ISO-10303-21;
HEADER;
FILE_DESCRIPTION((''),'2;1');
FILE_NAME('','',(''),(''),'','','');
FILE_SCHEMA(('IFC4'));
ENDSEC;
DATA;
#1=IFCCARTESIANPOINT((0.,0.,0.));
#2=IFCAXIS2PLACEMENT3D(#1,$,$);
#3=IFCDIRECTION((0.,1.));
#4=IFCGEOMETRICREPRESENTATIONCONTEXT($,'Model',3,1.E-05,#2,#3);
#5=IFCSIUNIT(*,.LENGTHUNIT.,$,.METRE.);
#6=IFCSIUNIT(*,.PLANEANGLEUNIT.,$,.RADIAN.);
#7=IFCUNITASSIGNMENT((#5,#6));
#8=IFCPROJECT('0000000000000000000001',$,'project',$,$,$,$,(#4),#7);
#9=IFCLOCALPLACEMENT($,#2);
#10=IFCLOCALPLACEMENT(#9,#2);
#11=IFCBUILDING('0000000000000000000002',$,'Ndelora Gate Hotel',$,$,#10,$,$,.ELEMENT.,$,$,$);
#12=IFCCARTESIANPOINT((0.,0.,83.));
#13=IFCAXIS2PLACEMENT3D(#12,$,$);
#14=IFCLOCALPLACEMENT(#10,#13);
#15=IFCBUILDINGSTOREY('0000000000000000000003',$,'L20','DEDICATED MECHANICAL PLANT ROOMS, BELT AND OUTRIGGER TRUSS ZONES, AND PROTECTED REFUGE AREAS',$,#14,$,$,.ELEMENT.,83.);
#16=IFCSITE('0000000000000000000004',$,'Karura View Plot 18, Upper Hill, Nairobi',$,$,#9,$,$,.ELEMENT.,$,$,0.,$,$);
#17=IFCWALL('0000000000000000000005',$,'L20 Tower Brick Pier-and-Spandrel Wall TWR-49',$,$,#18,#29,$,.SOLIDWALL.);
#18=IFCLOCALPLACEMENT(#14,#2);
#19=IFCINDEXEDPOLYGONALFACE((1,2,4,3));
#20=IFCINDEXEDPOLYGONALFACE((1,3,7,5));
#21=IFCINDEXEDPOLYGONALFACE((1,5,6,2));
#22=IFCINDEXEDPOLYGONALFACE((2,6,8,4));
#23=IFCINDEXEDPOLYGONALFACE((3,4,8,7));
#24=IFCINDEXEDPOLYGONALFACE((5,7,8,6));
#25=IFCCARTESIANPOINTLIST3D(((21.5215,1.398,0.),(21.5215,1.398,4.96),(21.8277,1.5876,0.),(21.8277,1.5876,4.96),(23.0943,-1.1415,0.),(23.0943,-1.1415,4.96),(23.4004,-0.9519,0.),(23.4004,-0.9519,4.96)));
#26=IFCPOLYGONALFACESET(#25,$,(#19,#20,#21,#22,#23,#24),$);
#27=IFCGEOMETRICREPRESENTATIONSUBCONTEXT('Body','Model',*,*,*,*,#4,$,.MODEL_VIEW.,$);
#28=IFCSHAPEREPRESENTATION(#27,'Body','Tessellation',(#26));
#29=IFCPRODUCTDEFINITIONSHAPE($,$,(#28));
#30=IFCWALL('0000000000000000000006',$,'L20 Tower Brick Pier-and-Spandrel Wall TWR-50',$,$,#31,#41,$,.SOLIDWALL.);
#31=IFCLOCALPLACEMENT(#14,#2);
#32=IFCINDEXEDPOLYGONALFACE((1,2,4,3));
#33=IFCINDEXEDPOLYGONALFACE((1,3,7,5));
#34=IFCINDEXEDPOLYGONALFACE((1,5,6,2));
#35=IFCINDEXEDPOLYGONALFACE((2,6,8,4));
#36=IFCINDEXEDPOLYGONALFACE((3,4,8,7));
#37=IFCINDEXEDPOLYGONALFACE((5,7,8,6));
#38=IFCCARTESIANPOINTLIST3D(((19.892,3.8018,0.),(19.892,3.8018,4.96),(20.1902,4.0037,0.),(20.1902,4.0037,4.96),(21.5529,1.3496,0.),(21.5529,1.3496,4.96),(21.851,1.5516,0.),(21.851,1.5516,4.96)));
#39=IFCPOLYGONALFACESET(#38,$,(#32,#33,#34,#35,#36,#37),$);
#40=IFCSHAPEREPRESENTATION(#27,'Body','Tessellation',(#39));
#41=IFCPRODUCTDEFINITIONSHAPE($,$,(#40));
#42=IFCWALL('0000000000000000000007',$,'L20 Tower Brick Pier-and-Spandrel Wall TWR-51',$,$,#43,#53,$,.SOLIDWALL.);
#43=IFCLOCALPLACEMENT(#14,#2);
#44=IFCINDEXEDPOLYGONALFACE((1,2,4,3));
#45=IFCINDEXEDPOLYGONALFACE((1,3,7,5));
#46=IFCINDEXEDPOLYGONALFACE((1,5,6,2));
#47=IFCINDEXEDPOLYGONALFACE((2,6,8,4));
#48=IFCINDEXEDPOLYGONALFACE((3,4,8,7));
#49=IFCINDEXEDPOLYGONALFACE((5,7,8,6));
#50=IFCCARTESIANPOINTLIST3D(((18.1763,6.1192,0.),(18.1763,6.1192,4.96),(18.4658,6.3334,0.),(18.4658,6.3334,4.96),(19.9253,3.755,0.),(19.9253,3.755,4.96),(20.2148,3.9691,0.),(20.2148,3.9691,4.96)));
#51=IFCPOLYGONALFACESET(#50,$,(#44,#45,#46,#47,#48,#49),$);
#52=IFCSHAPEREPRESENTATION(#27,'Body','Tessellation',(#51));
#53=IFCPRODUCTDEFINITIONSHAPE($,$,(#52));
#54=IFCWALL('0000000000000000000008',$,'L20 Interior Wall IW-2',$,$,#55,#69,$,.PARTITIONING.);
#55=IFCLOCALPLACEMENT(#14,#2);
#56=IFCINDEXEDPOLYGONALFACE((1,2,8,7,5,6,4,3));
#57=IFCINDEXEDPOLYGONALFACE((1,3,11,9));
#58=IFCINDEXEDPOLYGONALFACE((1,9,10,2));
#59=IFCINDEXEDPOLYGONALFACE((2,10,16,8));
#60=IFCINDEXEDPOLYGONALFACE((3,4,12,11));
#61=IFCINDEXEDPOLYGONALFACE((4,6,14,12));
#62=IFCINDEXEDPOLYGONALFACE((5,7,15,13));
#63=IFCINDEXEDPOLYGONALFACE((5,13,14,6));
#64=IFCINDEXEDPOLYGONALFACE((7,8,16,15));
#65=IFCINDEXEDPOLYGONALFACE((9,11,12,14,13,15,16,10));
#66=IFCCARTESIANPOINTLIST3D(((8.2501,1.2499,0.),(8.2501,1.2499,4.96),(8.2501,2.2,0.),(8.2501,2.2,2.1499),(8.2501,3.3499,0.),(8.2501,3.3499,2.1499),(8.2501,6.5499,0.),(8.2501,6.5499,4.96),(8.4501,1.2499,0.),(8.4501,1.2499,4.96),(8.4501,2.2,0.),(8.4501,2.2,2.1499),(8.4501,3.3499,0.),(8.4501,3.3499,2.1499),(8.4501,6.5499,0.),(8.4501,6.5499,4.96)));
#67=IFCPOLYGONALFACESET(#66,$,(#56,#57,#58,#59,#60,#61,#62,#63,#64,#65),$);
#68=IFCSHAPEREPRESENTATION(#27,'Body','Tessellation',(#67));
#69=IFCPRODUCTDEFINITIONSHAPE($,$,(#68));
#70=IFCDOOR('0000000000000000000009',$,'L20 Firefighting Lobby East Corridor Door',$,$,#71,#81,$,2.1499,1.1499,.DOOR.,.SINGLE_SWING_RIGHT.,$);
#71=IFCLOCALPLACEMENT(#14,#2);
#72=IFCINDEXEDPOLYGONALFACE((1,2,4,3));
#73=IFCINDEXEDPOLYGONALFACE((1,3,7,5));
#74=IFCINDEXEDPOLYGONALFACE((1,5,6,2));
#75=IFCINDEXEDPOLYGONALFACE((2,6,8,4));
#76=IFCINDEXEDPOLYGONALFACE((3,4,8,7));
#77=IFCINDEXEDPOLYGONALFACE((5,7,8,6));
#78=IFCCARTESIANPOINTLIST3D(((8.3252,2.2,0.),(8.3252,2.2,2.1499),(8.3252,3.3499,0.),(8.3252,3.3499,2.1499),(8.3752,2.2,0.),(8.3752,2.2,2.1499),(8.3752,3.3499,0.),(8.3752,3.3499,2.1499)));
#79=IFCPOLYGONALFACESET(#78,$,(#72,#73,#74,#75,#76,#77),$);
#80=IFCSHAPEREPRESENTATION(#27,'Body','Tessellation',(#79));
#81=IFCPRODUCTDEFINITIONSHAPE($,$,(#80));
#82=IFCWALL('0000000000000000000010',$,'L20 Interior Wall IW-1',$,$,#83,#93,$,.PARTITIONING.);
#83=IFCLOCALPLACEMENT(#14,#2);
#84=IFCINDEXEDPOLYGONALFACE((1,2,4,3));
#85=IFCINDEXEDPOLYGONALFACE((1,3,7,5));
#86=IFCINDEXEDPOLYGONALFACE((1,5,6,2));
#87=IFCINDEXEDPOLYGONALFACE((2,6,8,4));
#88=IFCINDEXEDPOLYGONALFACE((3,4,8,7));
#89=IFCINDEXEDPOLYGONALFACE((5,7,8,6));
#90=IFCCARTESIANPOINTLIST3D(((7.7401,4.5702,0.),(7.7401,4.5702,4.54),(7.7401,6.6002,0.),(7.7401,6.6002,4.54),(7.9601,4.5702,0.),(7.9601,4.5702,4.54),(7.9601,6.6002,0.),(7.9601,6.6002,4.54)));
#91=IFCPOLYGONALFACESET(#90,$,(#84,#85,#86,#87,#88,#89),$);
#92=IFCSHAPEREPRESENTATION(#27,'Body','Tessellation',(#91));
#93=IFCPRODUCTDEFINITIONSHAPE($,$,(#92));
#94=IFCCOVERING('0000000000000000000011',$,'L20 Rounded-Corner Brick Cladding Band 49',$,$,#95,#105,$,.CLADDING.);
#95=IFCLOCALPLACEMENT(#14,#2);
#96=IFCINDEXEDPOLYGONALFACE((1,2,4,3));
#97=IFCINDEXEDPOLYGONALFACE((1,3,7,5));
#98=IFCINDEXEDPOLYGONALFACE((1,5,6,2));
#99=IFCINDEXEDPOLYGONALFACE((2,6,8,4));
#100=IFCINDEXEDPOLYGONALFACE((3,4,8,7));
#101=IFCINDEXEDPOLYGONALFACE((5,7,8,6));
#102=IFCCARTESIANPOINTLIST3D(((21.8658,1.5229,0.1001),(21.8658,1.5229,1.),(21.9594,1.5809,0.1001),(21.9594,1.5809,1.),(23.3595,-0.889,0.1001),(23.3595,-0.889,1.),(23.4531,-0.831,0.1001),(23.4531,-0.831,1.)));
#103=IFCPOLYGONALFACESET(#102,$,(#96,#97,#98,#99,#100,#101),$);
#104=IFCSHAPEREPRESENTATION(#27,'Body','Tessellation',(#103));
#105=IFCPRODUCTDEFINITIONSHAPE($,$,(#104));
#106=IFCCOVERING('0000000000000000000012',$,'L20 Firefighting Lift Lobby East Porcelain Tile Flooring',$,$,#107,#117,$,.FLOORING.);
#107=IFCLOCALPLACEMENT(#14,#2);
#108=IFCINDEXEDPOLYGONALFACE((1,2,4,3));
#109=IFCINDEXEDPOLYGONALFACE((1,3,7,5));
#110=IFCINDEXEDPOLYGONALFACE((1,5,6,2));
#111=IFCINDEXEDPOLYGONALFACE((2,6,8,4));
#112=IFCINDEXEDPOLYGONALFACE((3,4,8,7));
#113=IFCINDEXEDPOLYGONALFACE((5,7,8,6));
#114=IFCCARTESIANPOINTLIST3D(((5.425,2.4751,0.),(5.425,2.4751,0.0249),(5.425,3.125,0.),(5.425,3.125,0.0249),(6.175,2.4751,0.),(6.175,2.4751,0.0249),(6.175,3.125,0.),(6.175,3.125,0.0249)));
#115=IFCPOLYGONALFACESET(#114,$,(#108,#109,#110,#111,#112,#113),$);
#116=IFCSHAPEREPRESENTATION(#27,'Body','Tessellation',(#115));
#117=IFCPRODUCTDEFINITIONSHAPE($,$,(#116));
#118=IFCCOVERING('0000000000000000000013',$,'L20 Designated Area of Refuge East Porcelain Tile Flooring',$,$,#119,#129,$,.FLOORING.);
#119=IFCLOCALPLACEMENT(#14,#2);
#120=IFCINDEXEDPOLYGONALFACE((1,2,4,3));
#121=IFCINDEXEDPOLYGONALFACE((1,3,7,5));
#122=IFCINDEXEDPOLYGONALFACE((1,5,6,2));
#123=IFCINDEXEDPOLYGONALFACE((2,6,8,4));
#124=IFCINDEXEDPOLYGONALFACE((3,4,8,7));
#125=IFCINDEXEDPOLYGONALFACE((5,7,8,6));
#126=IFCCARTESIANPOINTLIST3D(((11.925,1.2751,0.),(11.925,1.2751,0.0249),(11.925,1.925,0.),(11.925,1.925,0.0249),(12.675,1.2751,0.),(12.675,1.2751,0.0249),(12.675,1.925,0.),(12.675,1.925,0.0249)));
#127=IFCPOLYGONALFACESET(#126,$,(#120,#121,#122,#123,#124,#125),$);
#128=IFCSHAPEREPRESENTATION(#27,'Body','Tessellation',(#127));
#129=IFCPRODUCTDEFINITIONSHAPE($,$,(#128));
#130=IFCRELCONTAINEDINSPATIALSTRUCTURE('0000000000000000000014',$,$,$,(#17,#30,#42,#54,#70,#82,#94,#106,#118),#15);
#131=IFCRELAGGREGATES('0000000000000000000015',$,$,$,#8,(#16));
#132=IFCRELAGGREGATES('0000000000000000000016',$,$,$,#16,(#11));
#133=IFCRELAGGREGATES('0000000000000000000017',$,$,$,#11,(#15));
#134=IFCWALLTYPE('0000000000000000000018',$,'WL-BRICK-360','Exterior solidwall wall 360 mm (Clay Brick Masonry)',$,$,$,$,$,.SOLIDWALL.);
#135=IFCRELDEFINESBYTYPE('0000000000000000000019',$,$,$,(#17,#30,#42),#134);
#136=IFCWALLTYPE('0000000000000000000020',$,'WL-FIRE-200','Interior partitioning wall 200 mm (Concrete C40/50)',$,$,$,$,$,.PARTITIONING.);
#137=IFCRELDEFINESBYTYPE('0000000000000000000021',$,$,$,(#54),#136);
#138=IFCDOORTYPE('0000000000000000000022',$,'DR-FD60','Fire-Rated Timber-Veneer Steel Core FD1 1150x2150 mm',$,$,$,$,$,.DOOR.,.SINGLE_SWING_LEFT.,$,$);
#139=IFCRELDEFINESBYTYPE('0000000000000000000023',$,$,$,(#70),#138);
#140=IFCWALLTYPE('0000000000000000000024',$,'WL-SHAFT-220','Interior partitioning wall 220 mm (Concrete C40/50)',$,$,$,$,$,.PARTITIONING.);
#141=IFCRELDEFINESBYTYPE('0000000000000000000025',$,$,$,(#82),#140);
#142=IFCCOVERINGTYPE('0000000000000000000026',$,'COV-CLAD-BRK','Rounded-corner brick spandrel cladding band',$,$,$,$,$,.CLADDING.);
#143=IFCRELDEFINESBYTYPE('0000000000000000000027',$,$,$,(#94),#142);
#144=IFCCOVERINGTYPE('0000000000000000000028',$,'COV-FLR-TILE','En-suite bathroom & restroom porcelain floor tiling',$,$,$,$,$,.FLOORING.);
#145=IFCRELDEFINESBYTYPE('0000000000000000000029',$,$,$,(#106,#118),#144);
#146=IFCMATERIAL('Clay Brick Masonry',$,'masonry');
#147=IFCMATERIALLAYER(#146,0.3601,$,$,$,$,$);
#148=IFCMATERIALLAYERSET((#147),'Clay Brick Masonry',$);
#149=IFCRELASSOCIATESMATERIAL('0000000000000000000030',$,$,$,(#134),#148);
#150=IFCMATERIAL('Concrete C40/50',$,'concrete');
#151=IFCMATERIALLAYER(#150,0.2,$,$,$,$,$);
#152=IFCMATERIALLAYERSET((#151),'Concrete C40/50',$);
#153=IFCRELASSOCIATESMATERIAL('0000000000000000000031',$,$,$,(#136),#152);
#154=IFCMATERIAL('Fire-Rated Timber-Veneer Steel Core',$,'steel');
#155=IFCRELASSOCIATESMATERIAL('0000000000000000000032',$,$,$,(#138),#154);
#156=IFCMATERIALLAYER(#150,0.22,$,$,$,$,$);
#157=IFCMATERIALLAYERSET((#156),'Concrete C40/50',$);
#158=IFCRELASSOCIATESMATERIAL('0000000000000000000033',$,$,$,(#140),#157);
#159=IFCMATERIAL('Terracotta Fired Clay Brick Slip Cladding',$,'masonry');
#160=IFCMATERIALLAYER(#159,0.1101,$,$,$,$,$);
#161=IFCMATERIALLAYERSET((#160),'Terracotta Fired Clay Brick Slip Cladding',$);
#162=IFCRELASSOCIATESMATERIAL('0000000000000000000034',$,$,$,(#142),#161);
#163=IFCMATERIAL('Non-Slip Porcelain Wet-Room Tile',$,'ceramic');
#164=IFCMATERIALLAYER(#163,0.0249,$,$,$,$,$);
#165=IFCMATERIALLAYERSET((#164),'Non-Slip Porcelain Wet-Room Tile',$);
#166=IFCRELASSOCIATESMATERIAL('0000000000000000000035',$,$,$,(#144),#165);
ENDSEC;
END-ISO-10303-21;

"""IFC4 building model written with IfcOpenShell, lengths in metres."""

from ifc_helpers import new_model, si_unit, direction, frame, frame_2d, origin, origin_2d, place, context, subcontext, project, spatial, rectangle, extrude, material, layer, layer_set, type_object, element, fill, save


model = new_model("IFC4")

# Units and contexts
model_context = context("Model", 3, precision=1e-05, world=origin(), true_north=direction((0.0, 1.0)))
body_context = subcontext(model_context, "Body", "Model", "MODEL_VIEW")
ifc_project = project(units=[si_unit("LENGTHUNIT", "METRE"), si_unit("PLANEANGLEUNIT", "RADIAN")], contexts=[model_context])

# Site, building, storey
site_placement = place(None, origin())
site = spatial("IfcSite", under=ifc_project, at=site_placement, Name="Karura View Plot 18, Upper Hill, Nairobi", CompositionType="ELEMENT", RefElevation=0.0)
building_placement = place(site_placement, origin())
building = spatial("IfcBuilding", under=site, at=building_placement, Name="Ndelora Gate Hotel", CompositionType="ELEMENT")
storey_placement = place(building_placement, frame((0.0, 0.0, 83.0)))
storey = spatial("IfcBuildingStorey", under=building, at=storey_placement, Name="L20", Description="DEDICATED MECHANICAL PLANT ROOMS, BELT AND OUTRIGGER TRUSS ZONES, AND PROTECTED REFUGE AREAS", CompositionType="ELEMENT", Elevation=83.0)

# Walls
ifc_material_1 = material(Name="Clay Brick Masonry", Category="masonry")
ifc_layer_1 = layer(ifc_material_1, 0.3601)
ifc_layer_set_1 = layer_set([ifc_layer_1], Name="Clay Brick Masonry")
wall_type_1 = type_object("IfcWallType", Name="WL-BRICK-360", Description="Exterior solidwall wall 360 mm (Clay Brick Masonry)", PredefinedType="SOLIDWALL", material=ifc_layer_set_1)
wall_1_placement = place(storey_placement, frame((21.6746, 1.4929, 0.0), z_axis=(0.0, 0.0, 1.0), x_axis=(0.526512, -0.850168, 0.0)))
element("IfcWall", 1, at=wall_1_placement, inside=storey, type_object=wall_type_1, Name="L20 Tower Brick Pier-and-Spandrel Wall TWR-49", PredefinedType="SOLIDWALL", context=body_context, shape_type="SweptSolid", body=[
    extrude(rectangle(XDim=2.9871, YDim=0.3601, at=frame_2d((1.4937, 0.0))), origin(), (0.0, 0.0, 1.0), 4.96),
])
wall_2_placement = place(storey_placement, frame((20.041, 3.9028, 0.0), z_axis=(0.0, 0.0, 1.0), x_axis=(0.560792, -0.827957, 0.0)))
element("IfcWall", 2, at=wall_2_placement, inside=storey, type_object=wall_type_1, Name="L20 Tower Brick Pier-and-Spandrel Wall TWR-50", PredefinedType="SOLIDWALL", context=body_context, shape_type="SweptSolid", body=[
    extrude(rectangle(XDim=2.9617, YDim=0.3601, at=frame_2d((1.481, 0.0))), origin(), (0.0, 0.0, 1.0), 4.96),
])
wall_3_placement = place(storey_placement, frame((18.321, 6.2263, 0.0), z_axis=(0.0, 0.0, 1.0), x_axis=(0.594727, -0.803928, 0.0)))
element("IfcWall", 3, at=wall_3_placement, inside=storey, type_object=wall_type_1, Name="L20 Tower Brick Pier-and-Spandrel Wall TWR-51", PredefinedType="SOLIDWALL", context=body_context, shape_type="SweptSolid", body=[
    extrude(rectangle(XDim=2.9409, YDim=0.3601, at=frame_2d((1.4705, 0.0))), origin(), (0.0, 0.0, 1.0), 4.96),
])

# Wall, opening, door
ifc_material_2 = material(Name="Concrete C40/50", Category="concrete")
ifc_layer_2 = layer(ifc_material_2, 0.2)
ifc_layer_set_2 = layer_set([ifc_layer_2], Name="Concrete C40/50")
wall_type_2 = type_object("IfcWallType", Name="WL-FIRE-200", Description="Interior partitioning wall 200 mm (Concrete C40/50)", PredefinedType="PARTITIONING", material=ifc_layer_set_2)
wall_4_placement = place(storey_placement, frame((8.3501, 1.25, 0.0), z_axis=(0.0, 0.0, 1.0), x_axis=(0.0, 1.0, 0.0)))
wall_4 = element("IfcWall", 4, at=wall_4_placement, inside=storey, type_object=wall_type_2, Name="L20 Interior Wall IW-2", PredefinedType="PARTITIONING", context=body_context, shape_type="SweptSolid", body=[
    extrude(rectangle(XDim=5.3, YDim=0.2, at=frame_2d((2.6499, 0.0))), origin(), (0.0, 0.0, 1.0), 4.96),
])
opening_placement = place(wall_4_placement, frame((0.95, 0.0, 0.0)))
opening = element("IfcOpeningElement", 5, at=opening_placement, cuts=wall_4, PredefinedType="OPENING", context=body_context, shape_type="SweptSolid", body=[
    extrude(rectangle(XDim=1.1499, YDim=2.1499, at=frame_2d((0.575, 1.075))), frame((0.0, 0.1099, 0.0), z_axis=(0.0, -1.0, 0.0), x_axis=(1.0, 0.0, 0.0)), (0.0, 0.0, 1.0), 0.22),
])
ifc_material_3 = material(Name="Fire-Rated Timber-Veneer Steel Core", Category="steel")
door_type = type_object("IfcDoorType", Name="DR-FD60", Description="Fire-Rated Timber-Veneer Steel Core FD1 1150x2150 mm", OperationType="SINGLE_SWING_LEFT", PredefinedType="DOOR", material=ifc_material_3)
door_placement = place(opening_placement, origin())
door = element("IfcDoor", 6, at=door_placement, inside=storey, type_object=door_type, Name="L20 Firefighting Lobby East Corridor Door", OperationType="SINGLE_SWING_RIGHT", OverallHeight=2.1499, OverallWidth=1.1499, PredefinedType="DOOR", context=body_context, shape_type="SweptSolid", body=[
    extrude(rectangle(XDim=1.1499, YDim=2.1499, at=frame_2d((0.575, 1.075))), frame((0.0, 0.0249, 0.0), z_axis=(0.0, -1.0, 0.0), x_axis=(1.0, 0.0, 0.0)), (0.0, 0.0, 1.0), 0.05),
])
fill(opening, door)

# Wall
ifc_layer_3 = layer(ifc_material_2, 0.22)
ifc_layer_set_3 = layer_set([ifc_layer_3], Name="Concrete C40/50")
wall_type_3 = type_object("IfcWallType", Name="WL-SHAFT-220", Description="Interior partitioning wall 220 mm (Concrete C40/50)", PredefinedType="PARTITIONING", material=ifc_layer_set_3)
wall_5_placement = place(storey_placement, frame((7.8501, 4.5701, 0.0), z_axis=(0.0, 0.0, 1.0), x_axis=(0.0, 1.0, 0.0)))
element("IfcWall", 7, at=wall_5_placement, inside=storey, type_object=wall_type_3, Name="L20 Interior Wall IW-1", PredefinedType="PARTITIONING", context=body_context, shape_type="SweptSolid", body=[
    extrude(rectangle(XDim=2.03, YDim=0.22, at=frame_2d((1.0151, 0.0))), origin(), (0.0, 0.0, 1.0), 4.54),
])

# Coverings
ifc_material_4 = material(Name="Terracotta Fired Clay Brick Slip Cladding", Category="masonry")
ifc_layer_4 = layer(ifc_material_4, 0.1101)
ifc_layer_set_4 = layer_set([ifc_layer_4], Name="Terracotta Fired Clay Brick Slip Cladding")
covering_type_1 = type_object("IfcCoveringType", Name="COV-CLAD-BRK", Description="Rounded-corner brick spandrel cladding band", PredefinedType="CLADDING", material=ifc_layer_set_4)
covering_placement = place(storey_placement, frame((22.6594, 0.3459, 0.1001), z_axis=(0.0, 0.0, 1.0), x_axis=(-0.526511, 0.850168, 0.0)))
element("IfcCovering", 8, at=covering_placement, inside=storey, type_object=covering_type_1, Name="L20 Rounded-Corner Brick Cladding Band 49", PredefinedType="CLADDING", context=body_context, shape_type="SweptSolid", body=[
    extrude(rectangle(XDim=2.8369, YDim=0.1101, at=origin_2d()), origin(), (0.0, 0.0, 1.0), 0.8999),
])
ifc_material_5 = material(Name="Non-Slip Porcelain Wet-Room Tile", Category="ceramic")
ifc_layer_5 = layer(ifc_material_5, 0.0249)
ifc_layer_set_5 = layer_set([ifc_layer_5], Name="Non-Slip Porcelain Wet-Room Tile")
covering_type_2 = type_object("IfcCoveringType", Name="COV-FLR-TILE", Description="En-suite bathroom & restroom porcelain floor tiling", PredefinedType="FLOORING", material=ifc_layer_set_5)
for number, where, z_axis, x_axis, name in (
    (9, (5.8, 2.8, 0.0), (0.0, 0.0, 1.0), (1.0, 0.0, 0.0), "L20 Firefighting Lift Lobby East Porcelain Tile Flooring"),
    (10, (12.3, 1.6001, 0.0), (0.0, 0.0, 1.0), (1.0, 0.0, 0.0), "L20 Designated Area of Refuge East Porcelain Tile Flooring"),
):
    element("IfcCovering", number, at=place(storey_placement, frame(where, z_axis=z_axis, x_axis=x_axis)), inside=storey, type_object=covering_type_2, Name=name, PredefinedType="FLOORING", context=body_context, shape_type="SweptSolid", body=[
        extrude(rectangle(XDim=0.75, YDim=0.6499, at=origin_2d()), origin(), (0.0, 0.0, 1.0), 0.0249),
    ])

save(model, "model.ifc")
